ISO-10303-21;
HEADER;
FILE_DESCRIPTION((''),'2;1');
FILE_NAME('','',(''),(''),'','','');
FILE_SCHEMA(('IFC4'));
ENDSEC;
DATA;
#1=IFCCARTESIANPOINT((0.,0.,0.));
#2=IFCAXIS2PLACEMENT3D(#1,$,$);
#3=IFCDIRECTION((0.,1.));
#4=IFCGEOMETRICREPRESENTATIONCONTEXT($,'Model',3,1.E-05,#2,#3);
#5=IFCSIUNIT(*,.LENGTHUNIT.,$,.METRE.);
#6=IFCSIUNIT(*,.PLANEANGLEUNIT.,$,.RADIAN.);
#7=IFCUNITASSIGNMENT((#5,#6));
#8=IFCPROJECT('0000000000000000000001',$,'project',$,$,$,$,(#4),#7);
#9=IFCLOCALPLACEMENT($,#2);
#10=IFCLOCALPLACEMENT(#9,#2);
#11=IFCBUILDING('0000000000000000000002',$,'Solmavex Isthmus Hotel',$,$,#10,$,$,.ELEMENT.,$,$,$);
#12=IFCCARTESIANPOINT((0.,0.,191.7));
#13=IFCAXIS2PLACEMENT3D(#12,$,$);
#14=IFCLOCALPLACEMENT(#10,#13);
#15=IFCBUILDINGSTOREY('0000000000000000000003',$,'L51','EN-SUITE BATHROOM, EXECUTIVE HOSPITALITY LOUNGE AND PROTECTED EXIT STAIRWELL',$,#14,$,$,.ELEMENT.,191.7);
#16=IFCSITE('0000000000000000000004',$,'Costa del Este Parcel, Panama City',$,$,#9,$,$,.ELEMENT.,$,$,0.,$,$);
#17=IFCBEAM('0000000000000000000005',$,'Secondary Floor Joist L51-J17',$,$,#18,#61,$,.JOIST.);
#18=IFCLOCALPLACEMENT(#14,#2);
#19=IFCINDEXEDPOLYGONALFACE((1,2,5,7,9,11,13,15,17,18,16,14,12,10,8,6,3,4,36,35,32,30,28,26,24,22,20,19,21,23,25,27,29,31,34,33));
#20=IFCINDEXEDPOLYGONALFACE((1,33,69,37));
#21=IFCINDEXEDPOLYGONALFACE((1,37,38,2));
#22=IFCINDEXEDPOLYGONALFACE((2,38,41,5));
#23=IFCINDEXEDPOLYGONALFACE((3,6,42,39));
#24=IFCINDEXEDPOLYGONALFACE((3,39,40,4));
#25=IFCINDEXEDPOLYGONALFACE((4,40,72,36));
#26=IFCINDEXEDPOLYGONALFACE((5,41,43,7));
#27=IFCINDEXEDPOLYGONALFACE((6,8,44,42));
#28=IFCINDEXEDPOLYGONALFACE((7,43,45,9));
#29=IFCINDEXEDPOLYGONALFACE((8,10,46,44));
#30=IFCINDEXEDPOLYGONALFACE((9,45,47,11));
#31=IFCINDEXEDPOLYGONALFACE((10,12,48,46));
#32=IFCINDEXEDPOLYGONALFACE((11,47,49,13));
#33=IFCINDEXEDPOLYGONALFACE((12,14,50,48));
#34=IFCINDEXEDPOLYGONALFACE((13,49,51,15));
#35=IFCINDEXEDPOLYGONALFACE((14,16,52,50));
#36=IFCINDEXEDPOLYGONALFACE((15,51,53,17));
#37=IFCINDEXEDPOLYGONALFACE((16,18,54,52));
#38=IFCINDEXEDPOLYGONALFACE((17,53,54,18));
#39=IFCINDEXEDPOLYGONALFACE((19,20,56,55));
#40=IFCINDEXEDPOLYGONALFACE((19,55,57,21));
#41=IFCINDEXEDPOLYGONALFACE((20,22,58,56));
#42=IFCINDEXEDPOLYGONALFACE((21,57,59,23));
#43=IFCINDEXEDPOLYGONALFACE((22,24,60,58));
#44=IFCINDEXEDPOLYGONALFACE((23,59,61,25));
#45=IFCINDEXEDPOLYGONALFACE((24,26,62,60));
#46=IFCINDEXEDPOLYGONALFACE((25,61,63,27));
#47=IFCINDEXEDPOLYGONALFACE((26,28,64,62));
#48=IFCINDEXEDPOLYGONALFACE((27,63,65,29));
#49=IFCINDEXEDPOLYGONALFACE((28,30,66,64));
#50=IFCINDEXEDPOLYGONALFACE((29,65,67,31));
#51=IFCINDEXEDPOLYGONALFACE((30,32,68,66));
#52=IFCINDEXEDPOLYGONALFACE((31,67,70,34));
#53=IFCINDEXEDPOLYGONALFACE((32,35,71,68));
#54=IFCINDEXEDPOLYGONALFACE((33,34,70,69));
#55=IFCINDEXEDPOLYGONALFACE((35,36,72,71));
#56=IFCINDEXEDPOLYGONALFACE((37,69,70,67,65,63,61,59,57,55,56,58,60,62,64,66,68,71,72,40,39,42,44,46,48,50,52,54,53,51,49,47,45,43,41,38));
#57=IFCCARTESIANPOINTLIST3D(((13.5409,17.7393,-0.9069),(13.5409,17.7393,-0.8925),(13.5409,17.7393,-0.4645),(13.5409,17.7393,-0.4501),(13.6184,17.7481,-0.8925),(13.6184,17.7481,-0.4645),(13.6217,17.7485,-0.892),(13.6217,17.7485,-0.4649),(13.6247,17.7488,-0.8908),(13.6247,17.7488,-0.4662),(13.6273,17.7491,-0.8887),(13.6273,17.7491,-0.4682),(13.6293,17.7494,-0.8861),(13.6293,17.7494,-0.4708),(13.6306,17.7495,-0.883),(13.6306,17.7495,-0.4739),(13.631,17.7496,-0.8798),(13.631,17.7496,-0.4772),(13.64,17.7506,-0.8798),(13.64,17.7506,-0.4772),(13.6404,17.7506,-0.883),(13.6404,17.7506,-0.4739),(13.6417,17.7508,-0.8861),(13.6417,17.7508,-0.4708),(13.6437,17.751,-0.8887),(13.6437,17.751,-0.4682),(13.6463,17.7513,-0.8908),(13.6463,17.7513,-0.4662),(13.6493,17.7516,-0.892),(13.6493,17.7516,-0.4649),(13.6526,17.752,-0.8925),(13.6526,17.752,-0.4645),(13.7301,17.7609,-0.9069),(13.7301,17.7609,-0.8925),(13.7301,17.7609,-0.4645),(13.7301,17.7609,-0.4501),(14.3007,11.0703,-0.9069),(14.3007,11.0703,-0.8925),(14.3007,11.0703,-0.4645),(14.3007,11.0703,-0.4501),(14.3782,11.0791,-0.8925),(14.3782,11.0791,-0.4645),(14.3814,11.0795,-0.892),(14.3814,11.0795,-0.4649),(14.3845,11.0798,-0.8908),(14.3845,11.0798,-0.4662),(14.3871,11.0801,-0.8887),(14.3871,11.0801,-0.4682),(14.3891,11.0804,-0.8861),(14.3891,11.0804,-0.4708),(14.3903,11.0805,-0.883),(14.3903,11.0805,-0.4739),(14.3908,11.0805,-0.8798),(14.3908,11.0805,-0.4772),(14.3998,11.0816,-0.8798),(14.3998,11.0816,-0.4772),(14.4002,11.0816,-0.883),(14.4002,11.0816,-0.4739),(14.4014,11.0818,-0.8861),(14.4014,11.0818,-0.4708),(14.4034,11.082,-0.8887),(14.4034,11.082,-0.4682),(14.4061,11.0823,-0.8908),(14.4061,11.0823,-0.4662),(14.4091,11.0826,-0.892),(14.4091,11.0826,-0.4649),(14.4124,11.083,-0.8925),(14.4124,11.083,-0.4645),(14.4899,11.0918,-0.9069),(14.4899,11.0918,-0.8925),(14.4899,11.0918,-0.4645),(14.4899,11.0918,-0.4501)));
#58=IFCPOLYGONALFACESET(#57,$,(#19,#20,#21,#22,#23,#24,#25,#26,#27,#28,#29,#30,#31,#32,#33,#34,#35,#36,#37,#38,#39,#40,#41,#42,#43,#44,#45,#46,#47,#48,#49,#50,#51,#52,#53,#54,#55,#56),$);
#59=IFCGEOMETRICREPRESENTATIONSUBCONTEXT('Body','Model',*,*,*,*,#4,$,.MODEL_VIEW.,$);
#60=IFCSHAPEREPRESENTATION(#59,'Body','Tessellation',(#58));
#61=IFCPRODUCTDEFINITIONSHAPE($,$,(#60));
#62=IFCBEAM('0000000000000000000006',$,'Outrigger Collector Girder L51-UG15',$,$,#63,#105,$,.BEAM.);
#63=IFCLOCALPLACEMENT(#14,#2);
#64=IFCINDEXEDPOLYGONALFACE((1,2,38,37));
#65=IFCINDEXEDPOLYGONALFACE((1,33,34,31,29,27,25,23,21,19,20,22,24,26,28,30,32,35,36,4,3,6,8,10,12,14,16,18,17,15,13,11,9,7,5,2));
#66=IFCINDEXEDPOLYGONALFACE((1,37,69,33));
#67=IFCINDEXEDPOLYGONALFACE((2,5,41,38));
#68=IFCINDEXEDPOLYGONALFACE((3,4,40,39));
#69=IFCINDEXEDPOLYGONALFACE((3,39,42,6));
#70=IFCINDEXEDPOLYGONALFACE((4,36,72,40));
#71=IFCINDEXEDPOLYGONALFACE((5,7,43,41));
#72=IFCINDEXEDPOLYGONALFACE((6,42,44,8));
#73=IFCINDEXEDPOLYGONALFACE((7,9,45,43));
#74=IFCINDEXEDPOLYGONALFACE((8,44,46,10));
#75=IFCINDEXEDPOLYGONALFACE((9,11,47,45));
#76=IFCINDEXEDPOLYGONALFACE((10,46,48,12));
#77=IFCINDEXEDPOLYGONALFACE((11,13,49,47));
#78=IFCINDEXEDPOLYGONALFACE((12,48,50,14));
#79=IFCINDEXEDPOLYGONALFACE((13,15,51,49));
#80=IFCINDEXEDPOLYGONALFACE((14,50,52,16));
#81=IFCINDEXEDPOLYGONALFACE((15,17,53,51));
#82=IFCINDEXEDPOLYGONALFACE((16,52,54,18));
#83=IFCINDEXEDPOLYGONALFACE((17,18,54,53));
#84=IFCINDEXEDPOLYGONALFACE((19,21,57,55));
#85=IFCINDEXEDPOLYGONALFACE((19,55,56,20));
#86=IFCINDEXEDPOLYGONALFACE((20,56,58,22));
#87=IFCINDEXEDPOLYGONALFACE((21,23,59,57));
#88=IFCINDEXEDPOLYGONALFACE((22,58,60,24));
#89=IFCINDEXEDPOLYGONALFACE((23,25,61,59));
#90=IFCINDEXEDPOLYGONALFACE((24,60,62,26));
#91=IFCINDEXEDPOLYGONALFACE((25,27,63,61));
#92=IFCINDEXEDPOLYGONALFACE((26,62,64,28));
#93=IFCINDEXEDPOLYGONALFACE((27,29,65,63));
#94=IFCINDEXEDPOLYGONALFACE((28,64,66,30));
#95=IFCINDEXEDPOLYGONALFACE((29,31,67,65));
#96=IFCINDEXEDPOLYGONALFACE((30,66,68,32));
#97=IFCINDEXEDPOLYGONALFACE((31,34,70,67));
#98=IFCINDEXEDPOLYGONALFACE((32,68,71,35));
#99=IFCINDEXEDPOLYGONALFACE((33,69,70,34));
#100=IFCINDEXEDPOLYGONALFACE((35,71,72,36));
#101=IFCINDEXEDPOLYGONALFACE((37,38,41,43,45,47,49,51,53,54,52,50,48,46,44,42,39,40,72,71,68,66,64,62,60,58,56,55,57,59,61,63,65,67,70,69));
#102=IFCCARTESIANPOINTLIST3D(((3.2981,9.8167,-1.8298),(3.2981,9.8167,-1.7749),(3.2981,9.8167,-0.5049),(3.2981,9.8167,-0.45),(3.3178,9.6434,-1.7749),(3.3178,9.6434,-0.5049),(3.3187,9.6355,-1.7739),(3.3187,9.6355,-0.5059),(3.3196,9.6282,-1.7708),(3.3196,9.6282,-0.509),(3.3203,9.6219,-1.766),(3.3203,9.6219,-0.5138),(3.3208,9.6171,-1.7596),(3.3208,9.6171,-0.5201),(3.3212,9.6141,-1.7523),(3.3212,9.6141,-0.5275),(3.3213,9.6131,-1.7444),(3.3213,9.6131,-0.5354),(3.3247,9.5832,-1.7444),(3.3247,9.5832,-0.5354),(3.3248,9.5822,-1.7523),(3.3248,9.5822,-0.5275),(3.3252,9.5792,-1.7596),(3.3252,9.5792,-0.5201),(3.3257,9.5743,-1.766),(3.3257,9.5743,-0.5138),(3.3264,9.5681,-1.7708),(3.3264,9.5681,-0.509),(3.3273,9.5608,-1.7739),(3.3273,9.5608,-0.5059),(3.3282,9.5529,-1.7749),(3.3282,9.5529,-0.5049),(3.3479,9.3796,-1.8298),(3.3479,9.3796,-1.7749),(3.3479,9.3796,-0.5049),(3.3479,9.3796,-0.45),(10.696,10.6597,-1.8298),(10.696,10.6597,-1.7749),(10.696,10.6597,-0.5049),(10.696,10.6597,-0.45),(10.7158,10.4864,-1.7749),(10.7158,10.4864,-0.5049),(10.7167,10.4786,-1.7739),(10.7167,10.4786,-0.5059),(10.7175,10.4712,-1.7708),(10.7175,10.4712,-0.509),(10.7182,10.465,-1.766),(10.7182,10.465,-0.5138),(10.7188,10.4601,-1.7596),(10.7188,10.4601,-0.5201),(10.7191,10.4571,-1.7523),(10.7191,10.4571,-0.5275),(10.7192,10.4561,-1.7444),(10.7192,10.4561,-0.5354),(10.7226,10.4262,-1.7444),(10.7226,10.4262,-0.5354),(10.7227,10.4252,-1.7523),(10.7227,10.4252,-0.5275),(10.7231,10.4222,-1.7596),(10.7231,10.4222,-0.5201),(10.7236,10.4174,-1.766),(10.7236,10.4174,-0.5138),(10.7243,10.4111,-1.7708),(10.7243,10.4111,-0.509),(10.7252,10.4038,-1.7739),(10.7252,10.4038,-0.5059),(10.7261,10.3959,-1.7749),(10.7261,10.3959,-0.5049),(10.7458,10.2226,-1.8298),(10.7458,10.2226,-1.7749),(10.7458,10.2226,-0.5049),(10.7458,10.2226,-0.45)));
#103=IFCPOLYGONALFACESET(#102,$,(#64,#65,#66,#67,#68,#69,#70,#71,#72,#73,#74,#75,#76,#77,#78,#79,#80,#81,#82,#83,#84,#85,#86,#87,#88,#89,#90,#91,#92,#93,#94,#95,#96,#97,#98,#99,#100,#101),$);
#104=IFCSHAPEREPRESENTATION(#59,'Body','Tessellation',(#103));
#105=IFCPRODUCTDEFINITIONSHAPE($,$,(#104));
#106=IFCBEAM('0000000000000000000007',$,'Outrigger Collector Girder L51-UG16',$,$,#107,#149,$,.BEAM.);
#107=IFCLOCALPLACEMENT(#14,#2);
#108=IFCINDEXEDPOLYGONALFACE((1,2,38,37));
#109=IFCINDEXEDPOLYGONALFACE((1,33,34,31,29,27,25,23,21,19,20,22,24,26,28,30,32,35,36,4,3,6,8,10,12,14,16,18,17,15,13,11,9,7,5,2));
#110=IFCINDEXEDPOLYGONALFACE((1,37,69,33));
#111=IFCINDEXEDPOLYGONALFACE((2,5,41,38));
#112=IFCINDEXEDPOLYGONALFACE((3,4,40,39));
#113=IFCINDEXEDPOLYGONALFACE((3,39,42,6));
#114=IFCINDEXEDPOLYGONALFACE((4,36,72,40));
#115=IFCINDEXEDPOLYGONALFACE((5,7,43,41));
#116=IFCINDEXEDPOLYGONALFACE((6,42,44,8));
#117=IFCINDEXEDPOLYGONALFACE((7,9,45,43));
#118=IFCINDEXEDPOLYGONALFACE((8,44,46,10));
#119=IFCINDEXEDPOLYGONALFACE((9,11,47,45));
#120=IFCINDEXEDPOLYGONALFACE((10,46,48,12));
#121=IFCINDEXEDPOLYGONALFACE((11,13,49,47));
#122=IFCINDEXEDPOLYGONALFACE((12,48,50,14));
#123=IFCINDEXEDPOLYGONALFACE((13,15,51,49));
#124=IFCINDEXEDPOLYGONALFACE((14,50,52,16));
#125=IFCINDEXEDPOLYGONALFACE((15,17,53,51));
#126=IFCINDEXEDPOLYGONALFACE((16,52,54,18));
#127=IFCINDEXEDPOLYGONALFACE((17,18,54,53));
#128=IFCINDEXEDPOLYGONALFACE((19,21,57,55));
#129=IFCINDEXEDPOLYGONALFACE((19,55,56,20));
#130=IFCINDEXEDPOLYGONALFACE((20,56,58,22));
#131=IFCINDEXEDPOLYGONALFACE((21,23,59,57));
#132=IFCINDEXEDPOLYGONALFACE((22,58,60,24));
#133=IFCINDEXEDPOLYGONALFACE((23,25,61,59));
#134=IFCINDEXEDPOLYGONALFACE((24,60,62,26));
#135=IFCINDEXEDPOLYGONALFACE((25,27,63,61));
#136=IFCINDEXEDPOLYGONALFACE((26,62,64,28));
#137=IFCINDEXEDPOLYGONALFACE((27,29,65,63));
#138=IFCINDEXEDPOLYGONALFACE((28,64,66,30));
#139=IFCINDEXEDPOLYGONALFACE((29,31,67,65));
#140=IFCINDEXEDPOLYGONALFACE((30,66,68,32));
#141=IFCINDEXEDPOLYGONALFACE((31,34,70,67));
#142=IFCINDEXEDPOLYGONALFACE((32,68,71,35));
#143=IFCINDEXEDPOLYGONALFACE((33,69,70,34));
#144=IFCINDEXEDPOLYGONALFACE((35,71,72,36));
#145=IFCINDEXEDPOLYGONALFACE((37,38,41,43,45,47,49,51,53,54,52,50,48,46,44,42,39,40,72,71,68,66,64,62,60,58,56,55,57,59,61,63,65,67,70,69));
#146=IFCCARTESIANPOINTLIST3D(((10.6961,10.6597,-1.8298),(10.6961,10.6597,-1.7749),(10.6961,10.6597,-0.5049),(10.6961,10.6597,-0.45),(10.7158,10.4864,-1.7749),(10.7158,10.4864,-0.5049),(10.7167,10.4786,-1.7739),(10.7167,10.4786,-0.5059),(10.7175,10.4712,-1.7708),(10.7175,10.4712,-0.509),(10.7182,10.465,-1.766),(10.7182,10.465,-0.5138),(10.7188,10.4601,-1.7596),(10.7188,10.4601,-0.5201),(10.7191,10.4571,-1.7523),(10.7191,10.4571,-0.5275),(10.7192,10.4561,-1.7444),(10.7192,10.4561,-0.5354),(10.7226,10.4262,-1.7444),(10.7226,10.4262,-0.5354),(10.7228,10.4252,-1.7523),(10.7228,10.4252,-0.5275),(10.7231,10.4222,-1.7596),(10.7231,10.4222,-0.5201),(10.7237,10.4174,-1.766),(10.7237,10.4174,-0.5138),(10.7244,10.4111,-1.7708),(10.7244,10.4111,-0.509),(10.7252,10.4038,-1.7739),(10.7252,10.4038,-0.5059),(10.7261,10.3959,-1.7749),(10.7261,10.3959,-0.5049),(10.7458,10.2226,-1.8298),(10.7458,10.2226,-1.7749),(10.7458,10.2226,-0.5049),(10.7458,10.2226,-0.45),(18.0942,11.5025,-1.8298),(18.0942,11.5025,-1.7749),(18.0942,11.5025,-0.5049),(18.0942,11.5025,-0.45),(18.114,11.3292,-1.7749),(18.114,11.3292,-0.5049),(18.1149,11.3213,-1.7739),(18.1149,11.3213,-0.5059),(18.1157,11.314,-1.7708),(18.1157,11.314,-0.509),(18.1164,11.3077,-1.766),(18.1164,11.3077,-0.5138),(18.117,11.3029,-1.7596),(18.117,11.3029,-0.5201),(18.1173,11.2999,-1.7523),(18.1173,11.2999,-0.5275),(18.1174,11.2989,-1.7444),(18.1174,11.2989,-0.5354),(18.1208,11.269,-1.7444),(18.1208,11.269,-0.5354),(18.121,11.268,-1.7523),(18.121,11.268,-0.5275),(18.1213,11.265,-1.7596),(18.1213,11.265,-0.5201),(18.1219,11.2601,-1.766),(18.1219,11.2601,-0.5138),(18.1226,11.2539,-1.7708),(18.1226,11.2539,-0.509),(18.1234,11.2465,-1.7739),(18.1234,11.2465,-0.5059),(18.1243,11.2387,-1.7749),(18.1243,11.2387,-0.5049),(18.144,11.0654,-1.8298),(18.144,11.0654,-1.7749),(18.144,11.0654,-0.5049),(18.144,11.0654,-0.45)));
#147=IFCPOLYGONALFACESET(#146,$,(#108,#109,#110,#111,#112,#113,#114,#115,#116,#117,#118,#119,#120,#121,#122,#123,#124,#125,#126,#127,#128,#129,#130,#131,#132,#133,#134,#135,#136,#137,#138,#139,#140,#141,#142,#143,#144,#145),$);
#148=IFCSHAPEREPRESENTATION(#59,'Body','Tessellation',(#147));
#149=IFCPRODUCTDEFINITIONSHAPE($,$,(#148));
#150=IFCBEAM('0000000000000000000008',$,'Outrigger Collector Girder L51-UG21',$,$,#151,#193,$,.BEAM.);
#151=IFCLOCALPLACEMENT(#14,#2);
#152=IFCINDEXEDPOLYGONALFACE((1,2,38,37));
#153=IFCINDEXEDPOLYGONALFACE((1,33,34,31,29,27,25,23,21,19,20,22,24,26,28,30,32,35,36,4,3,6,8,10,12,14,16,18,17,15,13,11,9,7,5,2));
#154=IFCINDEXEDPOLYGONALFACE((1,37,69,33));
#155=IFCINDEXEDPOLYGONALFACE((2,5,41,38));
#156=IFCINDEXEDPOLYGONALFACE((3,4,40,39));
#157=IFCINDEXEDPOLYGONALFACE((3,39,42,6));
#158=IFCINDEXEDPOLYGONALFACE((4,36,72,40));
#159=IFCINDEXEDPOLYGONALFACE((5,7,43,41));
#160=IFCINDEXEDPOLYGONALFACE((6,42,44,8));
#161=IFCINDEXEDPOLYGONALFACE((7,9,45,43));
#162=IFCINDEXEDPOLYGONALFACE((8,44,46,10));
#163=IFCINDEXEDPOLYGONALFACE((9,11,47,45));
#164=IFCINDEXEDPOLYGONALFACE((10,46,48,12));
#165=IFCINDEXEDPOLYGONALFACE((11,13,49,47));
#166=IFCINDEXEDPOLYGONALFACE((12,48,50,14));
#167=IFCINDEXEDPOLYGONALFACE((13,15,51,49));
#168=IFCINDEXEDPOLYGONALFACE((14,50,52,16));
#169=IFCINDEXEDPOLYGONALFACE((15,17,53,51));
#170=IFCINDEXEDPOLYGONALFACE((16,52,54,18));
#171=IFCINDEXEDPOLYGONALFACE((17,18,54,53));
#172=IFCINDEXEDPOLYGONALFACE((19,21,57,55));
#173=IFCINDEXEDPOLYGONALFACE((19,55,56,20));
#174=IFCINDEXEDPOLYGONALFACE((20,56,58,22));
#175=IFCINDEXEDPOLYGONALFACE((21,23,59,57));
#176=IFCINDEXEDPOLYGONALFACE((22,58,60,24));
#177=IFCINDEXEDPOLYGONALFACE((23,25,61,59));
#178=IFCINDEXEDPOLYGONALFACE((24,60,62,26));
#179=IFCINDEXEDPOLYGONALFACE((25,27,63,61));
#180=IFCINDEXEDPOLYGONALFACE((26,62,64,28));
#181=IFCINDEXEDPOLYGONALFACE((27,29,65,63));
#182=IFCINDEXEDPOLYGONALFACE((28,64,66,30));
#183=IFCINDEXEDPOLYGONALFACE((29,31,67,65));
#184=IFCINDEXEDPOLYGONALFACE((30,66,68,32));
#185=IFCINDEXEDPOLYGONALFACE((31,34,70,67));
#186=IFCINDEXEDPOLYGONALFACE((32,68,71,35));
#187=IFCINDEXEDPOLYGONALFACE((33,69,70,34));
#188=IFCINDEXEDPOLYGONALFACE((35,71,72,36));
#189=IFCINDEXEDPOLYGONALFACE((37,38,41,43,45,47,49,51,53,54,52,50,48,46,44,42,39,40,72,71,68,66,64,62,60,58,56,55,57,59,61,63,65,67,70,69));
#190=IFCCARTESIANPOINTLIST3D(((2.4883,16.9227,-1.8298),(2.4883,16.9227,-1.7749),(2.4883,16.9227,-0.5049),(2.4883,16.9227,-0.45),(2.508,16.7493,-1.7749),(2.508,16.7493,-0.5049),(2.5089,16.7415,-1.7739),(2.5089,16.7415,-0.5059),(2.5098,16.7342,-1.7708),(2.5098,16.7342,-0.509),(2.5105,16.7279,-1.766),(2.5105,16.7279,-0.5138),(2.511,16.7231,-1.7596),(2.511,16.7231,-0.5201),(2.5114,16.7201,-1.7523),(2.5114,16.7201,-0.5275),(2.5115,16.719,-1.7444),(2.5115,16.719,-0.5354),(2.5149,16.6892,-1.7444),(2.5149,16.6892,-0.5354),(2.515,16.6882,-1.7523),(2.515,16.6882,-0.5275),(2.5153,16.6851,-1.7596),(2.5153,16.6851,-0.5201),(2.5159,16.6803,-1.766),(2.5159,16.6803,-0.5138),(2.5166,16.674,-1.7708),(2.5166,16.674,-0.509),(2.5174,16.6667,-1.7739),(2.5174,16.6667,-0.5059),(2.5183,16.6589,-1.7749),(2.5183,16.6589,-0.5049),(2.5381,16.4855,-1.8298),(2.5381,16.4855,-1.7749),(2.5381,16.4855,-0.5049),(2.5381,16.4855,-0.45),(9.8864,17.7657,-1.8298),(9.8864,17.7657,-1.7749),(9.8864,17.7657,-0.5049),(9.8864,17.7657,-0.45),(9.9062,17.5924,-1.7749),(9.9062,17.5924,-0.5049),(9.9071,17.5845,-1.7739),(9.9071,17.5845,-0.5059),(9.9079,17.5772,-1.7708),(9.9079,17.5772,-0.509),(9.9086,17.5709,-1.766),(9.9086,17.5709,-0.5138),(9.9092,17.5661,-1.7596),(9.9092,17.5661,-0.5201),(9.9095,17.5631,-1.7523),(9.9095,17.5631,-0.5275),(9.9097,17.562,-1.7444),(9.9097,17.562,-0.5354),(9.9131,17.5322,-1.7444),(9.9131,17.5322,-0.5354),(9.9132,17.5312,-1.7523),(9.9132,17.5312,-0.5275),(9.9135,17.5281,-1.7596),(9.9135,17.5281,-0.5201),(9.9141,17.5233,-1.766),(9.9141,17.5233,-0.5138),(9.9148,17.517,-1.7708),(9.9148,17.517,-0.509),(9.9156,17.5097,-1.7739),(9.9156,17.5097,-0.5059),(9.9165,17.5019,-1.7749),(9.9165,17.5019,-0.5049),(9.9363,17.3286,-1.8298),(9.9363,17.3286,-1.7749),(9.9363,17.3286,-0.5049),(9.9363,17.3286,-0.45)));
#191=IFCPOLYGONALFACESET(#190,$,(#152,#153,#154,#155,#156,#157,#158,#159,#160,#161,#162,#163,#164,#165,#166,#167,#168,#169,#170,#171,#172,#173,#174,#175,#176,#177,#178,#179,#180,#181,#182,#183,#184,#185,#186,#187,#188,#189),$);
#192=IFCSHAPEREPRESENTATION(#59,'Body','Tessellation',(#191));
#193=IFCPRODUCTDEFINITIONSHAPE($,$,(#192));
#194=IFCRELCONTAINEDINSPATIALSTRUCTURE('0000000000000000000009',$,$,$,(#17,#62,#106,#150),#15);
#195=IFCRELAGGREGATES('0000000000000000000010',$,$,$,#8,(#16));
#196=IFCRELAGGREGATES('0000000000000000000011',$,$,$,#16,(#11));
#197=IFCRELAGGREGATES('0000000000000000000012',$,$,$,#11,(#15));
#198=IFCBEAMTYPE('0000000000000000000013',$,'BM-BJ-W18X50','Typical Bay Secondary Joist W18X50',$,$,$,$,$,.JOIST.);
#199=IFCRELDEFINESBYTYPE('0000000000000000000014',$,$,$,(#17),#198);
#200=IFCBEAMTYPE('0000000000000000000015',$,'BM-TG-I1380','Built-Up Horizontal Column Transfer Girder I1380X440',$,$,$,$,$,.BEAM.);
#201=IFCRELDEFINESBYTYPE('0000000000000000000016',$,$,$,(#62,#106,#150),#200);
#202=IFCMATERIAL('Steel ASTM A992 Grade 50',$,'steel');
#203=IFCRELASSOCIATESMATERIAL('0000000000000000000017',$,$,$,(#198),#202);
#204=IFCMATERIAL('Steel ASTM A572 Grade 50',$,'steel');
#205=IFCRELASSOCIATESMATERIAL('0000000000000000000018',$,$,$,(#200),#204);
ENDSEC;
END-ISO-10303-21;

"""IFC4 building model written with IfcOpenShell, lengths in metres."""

from ifc_helpers import new_model, si_unit, direction, frame, origin, origin_2d, place, context, subcontext, project, spatial, i_section, extrude, material, material_profile, profile_set, type_object, element, save


model = new_model("IFC4")

# Units and contexts
model_context = context("Model", 3, precision=1e-05, world=origin(), true_north=direction((0.0, 1.0)))
body_context = subcontext(model_context, "Body", "Model", "MODEL_VIEW")
ifc_project = project(units=[si_unit("LENGTHUNIT", "METRE"), si_unit("PLANEANGLEUNIT", "RADIAN")], contexts=[model_context])

# Site, building, storey
site_placement = place(None, origin())
site = spatial("IfcSite", under=ifc_project, at=site_placement, Name="Costa del Este Parcel, Panama City", CompositionType="ELEMENT", RefElevation=0.0)
building_placement = place(site_placement, origin())
building = spatial("IfcBuilding", under=site, at=building_placement, Name="Solmavex Isthmus Hotel", CompositionType="ELEMENT")
storey_placement = place(building_placement, frame((0.0, 0.0, 191.7)))
storey = spatial("IfcBuildingStorey", under=building, at=storey_placement, Name="L51", Description="EN-SUITE BATHROOM, EXECUTIVE HOSPITALITY LOUNGE AND PROTECTED EXIT STAIRWELL", CompositionType="ELEMENT", Elevation=191.7)

# Beams
ifc_material_1 = material(Name="Steel ASTM A992 Grade 50", Category="steel")
ifc_material_profile_1 = material_profile(ifc_material_1, i_section(OverallWidth=0.1904, OverallDepth=0.4568, WebThickness=0.009, FlangeThickness=0.0144, FilletRadius=0.0127, at=origin_2d()), Name="W18X50")
ifc_profile_set_1 = profile_set([ifc_material_profile_1], Name="Steel ASTM A992 Grade 50")
beam_type_1 = type_object("IfcBeamType", Name="BM-BJ-W18X50", Description="Typical Bay Secondary Joist W18X50", PredefinedType="JOIST", material=ifc_profile_set_1)
beam_1_placement = place(storey_placement, frame((14.3953, 11.0811, -0.6785), z_axis=(-0.113194, 0.993573, 0.0), x_axis=(-0.993573, -0.113194, 0.0)))
element("IfcBeam", 1, at=beam_1_placement, inside=storey, type_object=beam_type_1, Name="Secondary Floor Joist L51-J17", PredefinedType="JOIST", context=body_context, shape_type="SweptSolid", body=[
    extrude(i_section(OverallWidth=0.1904, OverallDepth=0.4568, WebThickness=0.009, FlangeThickness=0.0144, FilletRadius=0.0127, at=origin_2d()), origin(), (0.0, 0.0, 1.0), 6.7122),
])
ifc_material_2 = material(Name="Steel ASTM A572 Grade 50", Category="steel")
ifc_material_profile_2 = material_profile(ifc_material_2, i_section(OverallWidth=0.4399, OverallDepth=1.3799, WebThickness=0.03, FlangeThickness=0.0549, FilletRadius=0.0305, at=origin_2d()), Name="I1380X440")
ifc_profile_set_2 = profile_set([ifc_material_profile_2], Name="Steel ASTM A572 Grade 50")
beam_type_2 = type_object("IfcBeamType", Name="BM-TG-I1380", Description="Built-Up Horizontal Column Transfer Girder I1380X440", PredefinedType="BEAM", material=ifc_profile_set_2)
beam_2_placement = place(storey_placement, frame((3.323, 9.5981, -1.1399), z_axis=(0.99357, 0.11322, 0.0), x_axis=(-0.11322, 0.99357, 0.0)))
element("IfcBeam", 2, at=beam_2_placement, inside=storey, type_object=beam_type_2, Name="Outrigger Collector Girder L51-UG15", PredefinedType="BEAM", context=body_context, shape_type="SweptSolid", body=[
    extrude(i_section(OverallWidth=0.4399, OverallDepth=1.3799, WebThickness=0.03, FlangeThickness=0.0549, FilletRadius=0.0305, at=origin_2d()), origin(), (0.0, 0.0, 1.0), 7.4458),
])
for number, where, z_axis, x_axis, name in (
    (3, (10.7209, 10.4412, -1.1399), (0.993574, 0.113184, 0.0), (-0.113184, 0.993574, 0.0), "Outrigger Collector Girder L51-UG16"),
    (4, (2.5132, 16.7041, -1.1399), (0.99357, 0.113216, 0.0), (-0.113216, 0.99357, 0.0), "Outrigger Collector Girder L51-UG21"),
):
    element("IfcBeam", number, at=place(storey_placement, frame(where, z_axis=z_axis, x_axis=x_axis)), inside=storey, type_object=beam_type_2, Name=name, PredefinedType="BEAM", context=body_context, shape_type="SweptSolid", body=[
        extrude(i_section(OverallWidth=0.4399, OverallDepth=1.3799, WebThickness=0.03, FlangeThickness=0.0549, FilletRadius=0.0305, at=origin_2d()), origin(), (0.0, 0.0, 1.0), 7.446),
    ])

save(model, "model.ifc")
